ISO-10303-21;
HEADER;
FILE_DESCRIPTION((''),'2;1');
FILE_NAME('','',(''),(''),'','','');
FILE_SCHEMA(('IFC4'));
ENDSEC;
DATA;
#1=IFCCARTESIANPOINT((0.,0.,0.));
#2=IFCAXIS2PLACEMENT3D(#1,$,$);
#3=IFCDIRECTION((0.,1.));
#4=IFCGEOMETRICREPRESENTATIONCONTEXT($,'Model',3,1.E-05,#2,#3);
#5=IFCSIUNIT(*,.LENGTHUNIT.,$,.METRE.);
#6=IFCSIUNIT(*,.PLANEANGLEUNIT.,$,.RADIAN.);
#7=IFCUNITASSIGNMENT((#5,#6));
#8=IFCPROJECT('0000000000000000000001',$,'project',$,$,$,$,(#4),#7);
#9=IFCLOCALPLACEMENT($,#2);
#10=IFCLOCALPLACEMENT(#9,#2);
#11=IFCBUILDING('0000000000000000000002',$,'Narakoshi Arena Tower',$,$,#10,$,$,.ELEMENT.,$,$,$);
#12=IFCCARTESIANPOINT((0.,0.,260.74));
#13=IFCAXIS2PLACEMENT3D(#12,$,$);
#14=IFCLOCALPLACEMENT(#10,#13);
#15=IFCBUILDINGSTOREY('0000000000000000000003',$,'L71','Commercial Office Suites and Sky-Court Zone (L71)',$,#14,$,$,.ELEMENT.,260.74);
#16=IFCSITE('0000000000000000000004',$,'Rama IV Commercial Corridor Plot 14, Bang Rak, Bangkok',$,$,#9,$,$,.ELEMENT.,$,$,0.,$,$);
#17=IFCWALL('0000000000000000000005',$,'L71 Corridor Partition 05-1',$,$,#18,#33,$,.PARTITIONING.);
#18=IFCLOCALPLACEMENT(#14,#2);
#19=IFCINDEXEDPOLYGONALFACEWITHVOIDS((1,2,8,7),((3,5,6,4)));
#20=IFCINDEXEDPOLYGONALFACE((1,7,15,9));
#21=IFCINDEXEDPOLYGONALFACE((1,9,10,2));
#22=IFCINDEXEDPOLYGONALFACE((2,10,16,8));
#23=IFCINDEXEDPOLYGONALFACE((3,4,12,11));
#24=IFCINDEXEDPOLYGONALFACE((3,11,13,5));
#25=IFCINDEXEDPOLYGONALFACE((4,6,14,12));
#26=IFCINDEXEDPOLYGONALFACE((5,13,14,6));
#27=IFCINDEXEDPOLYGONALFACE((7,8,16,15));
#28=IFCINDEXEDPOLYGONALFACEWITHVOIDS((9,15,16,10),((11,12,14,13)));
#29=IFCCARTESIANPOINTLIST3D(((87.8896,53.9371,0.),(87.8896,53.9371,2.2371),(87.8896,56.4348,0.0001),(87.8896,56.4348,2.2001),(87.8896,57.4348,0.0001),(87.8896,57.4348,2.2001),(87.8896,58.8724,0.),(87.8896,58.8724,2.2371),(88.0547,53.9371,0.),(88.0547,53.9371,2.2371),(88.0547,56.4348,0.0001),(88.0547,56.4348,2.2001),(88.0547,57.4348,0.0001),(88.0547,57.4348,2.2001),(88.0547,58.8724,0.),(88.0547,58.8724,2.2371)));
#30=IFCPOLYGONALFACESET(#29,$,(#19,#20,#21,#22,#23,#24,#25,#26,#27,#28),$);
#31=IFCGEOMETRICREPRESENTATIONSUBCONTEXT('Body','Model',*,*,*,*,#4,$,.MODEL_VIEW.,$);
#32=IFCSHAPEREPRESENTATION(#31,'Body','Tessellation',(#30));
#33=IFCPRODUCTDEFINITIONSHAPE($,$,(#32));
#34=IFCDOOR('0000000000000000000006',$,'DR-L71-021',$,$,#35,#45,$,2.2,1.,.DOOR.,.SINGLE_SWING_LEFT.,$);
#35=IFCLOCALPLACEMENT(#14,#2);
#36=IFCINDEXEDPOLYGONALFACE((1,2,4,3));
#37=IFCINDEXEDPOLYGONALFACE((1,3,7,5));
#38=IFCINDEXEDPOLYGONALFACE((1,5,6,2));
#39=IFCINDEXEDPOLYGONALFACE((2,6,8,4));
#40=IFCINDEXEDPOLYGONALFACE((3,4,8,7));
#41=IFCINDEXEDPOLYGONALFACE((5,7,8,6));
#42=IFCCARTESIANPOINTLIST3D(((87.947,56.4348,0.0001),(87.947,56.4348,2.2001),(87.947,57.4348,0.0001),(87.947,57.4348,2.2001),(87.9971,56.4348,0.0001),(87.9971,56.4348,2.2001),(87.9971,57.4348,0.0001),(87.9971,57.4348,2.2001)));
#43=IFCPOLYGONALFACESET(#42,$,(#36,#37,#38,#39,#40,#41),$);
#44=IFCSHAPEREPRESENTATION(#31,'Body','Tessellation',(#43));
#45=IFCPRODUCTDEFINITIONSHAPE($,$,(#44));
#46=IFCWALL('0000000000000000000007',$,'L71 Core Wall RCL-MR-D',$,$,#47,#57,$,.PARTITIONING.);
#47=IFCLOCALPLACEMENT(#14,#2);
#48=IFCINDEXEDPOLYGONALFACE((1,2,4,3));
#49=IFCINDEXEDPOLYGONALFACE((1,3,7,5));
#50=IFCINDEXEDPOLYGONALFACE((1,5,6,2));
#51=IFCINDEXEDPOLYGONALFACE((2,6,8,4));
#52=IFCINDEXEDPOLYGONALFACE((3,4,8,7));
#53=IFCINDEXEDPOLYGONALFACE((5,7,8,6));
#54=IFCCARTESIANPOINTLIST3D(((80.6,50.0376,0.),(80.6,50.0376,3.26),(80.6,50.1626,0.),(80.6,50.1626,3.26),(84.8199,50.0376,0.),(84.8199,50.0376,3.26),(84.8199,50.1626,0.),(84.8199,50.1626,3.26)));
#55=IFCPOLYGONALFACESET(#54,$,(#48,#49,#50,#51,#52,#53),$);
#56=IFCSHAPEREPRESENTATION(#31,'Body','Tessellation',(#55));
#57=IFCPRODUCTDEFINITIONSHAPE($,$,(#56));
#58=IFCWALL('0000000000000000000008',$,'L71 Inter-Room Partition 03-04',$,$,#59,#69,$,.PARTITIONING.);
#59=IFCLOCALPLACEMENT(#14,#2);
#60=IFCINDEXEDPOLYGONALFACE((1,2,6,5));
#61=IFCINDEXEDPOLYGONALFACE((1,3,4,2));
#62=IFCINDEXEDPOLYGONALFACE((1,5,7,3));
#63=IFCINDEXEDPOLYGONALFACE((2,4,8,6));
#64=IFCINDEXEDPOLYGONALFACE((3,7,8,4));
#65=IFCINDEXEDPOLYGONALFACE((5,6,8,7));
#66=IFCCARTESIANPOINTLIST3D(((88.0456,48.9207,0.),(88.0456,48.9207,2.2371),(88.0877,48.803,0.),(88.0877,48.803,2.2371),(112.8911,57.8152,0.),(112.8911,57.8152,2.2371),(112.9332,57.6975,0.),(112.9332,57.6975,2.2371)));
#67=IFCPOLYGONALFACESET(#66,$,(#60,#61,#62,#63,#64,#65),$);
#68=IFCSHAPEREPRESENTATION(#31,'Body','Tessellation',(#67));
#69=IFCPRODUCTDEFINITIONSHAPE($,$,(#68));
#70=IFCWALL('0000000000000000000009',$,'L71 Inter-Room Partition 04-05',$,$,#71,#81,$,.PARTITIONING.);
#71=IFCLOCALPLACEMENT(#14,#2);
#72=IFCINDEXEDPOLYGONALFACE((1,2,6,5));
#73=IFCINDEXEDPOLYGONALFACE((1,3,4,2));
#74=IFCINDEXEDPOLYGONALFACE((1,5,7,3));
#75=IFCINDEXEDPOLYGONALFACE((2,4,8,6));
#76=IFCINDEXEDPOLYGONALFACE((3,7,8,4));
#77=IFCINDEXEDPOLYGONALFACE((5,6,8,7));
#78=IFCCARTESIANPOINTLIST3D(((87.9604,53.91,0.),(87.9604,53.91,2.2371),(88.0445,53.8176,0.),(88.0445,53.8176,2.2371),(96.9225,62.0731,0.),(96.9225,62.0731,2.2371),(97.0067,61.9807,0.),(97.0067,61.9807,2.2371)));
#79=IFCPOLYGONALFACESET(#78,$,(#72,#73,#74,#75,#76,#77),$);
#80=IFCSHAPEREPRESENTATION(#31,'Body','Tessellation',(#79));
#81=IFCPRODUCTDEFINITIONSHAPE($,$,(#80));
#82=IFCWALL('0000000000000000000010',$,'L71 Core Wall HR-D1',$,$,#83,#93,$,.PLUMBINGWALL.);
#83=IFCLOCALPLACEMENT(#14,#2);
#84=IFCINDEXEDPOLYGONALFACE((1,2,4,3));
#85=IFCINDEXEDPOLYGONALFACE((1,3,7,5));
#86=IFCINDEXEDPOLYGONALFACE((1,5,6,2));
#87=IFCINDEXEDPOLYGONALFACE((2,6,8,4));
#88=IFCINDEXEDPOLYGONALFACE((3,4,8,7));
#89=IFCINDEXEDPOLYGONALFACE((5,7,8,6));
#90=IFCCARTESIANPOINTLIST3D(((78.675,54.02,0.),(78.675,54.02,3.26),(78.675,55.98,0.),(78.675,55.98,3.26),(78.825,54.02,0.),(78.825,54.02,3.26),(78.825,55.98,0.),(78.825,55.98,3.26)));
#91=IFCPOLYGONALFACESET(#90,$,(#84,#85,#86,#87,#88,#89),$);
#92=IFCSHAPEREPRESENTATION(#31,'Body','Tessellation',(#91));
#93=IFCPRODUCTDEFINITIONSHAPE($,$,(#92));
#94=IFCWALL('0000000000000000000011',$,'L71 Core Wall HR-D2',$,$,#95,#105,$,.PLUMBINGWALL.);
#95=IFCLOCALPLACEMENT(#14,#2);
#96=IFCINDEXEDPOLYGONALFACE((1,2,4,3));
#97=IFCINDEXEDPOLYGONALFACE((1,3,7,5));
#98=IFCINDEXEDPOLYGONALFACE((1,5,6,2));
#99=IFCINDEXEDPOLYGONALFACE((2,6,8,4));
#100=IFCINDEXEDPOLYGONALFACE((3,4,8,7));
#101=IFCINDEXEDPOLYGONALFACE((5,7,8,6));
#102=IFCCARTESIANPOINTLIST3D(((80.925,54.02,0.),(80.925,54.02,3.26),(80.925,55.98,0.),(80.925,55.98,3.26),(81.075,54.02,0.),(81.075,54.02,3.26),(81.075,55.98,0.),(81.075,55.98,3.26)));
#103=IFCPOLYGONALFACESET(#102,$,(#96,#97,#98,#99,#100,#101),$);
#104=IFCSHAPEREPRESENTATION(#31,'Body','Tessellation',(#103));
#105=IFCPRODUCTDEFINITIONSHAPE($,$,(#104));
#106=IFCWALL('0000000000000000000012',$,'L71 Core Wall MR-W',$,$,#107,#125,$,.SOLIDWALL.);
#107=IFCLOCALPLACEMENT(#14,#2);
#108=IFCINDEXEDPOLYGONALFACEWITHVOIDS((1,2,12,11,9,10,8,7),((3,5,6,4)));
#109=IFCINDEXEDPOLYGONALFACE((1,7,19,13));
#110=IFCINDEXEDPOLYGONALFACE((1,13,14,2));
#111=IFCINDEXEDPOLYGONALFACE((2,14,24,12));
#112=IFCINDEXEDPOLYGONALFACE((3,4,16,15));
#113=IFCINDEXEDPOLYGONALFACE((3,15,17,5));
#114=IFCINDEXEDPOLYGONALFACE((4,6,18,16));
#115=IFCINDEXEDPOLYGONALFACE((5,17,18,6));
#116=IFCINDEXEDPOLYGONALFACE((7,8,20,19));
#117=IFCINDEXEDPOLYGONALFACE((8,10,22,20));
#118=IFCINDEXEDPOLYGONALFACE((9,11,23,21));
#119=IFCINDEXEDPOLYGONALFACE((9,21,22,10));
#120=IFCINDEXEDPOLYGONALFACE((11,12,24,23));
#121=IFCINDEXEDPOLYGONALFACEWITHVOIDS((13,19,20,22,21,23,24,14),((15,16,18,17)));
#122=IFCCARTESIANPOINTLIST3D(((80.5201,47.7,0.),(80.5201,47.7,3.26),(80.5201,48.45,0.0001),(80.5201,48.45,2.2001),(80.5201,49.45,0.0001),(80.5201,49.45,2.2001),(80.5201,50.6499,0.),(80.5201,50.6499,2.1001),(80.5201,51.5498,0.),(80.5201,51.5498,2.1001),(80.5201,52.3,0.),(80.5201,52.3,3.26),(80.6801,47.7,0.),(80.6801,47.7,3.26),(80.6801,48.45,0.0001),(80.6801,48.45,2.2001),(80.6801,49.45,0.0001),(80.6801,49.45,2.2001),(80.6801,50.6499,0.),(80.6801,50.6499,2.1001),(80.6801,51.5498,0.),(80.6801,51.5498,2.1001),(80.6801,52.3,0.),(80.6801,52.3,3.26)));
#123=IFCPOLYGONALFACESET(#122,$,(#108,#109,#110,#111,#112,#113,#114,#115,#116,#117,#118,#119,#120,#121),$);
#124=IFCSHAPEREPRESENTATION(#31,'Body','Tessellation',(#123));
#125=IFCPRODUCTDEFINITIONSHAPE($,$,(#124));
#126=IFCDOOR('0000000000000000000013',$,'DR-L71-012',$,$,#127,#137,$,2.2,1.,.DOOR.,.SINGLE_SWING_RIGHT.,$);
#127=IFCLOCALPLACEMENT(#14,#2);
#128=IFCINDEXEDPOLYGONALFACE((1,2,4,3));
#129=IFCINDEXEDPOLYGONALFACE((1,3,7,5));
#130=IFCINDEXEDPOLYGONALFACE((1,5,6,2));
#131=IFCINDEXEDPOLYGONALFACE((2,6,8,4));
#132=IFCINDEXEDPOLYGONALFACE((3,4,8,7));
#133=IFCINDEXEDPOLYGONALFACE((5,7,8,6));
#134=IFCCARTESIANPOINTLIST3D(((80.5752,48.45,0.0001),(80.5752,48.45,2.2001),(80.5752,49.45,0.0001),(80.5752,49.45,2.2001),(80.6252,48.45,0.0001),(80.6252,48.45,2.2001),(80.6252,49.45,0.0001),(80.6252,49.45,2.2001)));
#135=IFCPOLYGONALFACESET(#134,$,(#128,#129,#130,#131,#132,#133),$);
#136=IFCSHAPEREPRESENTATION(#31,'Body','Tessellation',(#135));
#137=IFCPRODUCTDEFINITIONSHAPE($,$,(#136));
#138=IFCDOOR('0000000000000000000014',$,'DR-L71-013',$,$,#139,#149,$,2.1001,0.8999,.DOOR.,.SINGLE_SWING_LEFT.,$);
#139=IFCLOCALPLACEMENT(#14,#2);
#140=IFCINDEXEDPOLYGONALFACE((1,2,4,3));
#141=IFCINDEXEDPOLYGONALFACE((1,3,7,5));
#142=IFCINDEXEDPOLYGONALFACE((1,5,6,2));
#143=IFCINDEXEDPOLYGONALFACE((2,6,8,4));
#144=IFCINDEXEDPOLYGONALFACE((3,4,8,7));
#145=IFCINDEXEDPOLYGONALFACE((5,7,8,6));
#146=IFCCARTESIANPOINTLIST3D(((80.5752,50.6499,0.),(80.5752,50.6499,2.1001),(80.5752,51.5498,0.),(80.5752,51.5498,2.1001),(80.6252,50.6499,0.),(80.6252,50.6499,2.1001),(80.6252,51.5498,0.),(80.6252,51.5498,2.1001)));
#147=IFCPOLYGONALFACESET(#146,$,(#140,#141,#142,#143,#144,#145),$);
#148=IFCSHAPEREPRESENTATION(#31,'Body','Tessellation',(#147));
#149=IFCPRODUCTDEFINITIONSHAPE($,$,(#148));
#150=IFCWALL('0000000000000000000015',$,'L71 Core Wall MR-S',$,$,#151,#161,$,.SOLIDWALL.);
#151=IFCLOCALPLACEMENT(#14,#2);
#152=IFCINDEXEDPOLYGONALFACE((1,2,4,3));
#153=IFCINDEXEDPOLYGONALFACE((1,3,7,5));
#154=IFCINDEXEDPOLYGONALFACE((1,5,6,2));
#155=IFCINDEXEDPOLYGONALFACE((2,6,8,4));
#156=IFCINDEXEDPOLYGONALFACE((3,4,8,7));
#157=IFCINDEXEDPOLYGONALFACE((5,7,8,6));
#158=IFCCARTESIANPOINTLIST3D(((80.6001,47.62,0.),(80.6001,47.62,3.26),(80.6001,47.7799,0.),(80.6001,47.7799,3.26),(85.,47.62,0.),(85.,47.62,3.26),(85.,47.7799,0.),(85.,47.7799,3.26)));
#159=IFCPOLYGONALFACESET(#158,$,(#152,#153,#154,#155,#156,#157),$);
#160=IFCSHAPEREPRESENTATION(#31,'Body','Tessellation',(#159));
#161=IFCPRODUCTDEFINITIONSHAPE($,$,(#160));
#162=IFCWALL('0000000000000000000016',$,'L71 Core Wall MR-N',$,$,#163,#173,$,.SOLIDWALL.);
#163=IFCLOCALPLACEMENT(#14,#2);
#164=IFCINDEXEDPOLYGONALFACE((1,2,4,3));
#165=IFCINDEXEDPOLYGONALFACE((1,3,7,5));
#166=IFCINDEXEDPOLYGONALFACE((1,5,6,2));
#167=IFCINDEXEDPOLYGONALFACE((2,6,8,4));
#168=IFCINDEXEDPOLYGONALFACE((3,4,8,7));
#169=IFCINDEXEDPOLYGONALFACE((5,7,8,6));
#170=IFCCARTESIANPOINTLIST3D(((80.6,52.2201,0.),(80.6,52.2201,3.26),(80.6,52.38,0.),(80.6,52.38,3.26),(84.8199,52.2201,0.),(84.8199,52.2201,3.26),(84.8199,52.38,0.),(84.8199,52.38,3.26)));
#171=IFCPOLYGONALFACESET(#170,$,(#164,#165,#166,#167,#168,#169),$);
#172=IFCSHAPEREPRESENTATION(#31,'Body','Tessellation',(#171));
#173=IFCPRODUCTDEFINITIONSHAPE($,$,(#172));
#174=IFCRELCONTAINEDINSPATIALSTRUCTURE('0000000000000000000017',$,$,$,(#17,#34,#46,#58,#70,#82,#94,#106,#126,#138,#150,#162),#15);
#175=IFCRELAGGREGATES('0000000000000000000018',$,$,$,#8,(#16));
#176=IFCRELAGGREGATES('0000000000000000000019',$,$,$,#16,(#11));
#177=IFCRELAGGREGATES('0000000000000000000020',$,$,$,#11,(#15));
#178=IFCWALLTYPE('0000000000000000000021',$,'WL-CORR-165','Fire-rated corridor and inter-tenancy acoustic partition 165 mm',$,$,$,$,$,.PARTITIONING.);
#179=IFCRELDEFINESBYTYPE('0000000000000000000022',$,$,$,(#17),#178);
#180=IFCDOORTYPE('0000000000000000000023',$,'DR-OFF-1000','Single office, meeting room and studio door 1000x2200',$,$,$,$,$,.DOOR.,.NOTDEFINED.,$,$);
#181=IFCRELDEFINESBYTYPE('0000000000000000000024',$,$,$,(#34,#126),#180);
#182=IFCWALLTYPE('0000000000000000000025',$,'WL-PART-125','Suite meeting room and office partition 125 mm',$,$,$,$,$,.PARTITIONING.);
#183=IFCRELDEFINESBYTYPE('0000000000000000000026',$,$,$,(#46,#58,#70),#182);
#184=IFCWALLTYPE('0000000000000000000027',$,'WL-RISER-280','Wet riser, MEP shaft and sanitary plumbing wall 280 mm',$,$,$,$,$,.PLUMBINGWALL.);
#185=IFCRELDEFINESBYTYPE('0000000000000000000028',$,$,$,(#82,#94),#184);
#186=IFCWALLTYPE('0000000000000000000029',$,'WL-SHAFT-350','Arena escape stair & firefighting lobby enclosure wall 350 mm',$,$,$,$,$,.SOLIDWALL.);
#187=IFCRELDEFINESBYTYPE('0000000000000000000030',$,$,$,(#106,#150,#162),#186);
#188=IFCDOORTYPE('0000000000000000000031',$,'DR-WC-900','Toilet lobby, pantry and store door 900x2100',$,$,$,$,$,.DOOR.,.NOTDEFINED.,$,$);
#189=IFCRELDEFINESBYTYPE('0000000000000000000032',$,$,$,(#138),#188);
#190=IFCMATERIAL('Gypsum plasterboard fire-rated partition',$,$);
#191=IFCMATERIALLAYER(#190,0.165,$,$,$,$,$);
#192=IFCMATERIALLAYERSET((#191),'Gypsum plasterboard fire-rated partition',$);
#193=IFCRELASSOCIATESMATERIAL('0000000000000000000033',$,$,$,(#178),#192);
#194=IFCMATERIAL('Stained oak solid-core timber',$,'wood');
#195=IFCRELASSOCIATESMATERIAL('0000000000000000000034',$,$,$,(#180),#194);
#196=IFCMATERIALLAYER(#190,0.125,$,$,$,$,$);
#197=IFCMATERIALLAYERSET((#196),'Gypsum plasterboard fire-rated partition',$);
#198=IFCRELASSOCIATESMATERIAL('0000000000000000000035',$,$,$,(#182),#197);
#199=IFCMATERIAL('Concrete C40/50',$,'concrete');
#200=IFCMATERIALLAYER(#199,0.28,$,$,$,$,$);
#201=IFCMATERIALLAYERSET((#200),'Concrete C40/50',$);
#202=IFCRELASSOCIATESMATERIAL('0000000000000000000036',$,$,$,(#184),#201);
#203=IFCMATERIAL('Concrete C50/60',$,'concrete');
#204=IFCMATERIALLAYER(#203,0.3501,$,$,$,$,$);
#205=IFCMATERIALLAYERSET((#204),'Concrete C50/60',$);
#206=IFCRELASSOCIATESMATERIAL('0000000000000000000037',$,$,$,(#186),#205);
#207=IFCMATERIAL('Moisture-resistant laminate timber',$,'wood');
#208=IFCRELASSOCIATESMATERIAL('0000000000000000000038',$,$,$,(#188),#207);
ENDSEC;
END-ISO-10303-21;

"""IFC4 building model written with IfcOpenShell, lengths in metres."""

from ifc_helpers import new_model, si_unit, direction, frame, frame_2d, origin, place, context, subcontext, project, spatial, rectangle, extrude, material, layer, layer_set, type_object, element, fill, save


model = new_model("IFC4")

# Units and contexts
model_context = context("Model", 3, precision=1e-05, world=origin(), true_north=direction((0.0, 1.0)))
body_context = subcontext(model_context, "Body", "Model", "MODEL_VIEW")
ifc_project = project(units=[si_unit("LENGTHUNIT", "METRE"), si_unit("PLANEANGLEUNIT", "RADIAN")], contexts=[model_context])

# Site, building, storey
site_placement = place(None, origin())
site = spatial("IfcSite", under=ifc_project, at=site_placement, Name="Rama IV Commercial Corridor Plot 14, Bang Rak, Bangkok", CompositionType="ELEMENT", RefElevation=0.0)
building_placement = place(site_placement, origin())
building = spatial("IfcBuilding", under=site, at=building_placement, Name="Narakoshi Arena Tower", CompositionType="ELEMENT")
storey_placement = place(building_placement, frame((0.0, 0.0, 260.74)))
storey = spatial("IfcBuildingStorey", under=building, at=storey_placement, Name="L71", Description="Commercial Office Suites and Sky-Court Zone (L71)", CompositionType="ELEMENT", Elevation=260.74)

# Shared definitions
ifc_material_1 = material(Name="Concrete C50/60", Category="concrete")

# Wall, opening, door
ifc_material_2 = material(Name="Gypsum plasterboard fire-rated partition")
ifc_layer_1 = layer(ifc_material_2, 0.165)
ifc_layer_set_1 = layer_set([ifc_layer_1], Name="Gypsum plasterboard fire-rated partition")
wall_type_1 = type_object("IfcWallType", Name="WL-CORR-165", Description="Fire-rated corridor and inter-tenancy acoustic partition 165 mm", PredefinedType="PARTITIONING", material=ifc_layer_set_1)
ifc_material_3 = material(Name="Stained oak solid-core timber", Category="wood")
door_type_1 = type_object("IfcDoorType", Name="DR-OFF-1000", Description="Single office, meeting room and studio door 1000x2200", OperationType="NOTDEFINED", PredefinedType="DOOR", material=ifc_material_3)
wall_1_placement = place(storey_placement, frame((87.9722, 53.937, 0.0), z_axis=(0.0, 0.0, 1.0), x_axis=(0.0, 1.0, 0.0)))
wall_1 = element("IfcWall", 1, at=wall_1_placement, inside=storey, type_object=wall_type_1, Name="L71 Corridor Partition 05-1", PredefinedType="PARTITIONING", context=body_context, shape_type="SweptSolid", body=[
    extrude(rectangle(XDim=4.9353, YDim=0.165, at=frame_2d((2.4678, 0.0))), origin(), (0.0, 0.0, 1.0), 2.2371),
])
opening_1_placement = place(wall_1_placement, frame((2.4978, 0.0, 0.0)))
opening_1 = element("IfcOpeningElement", 2, at=opening_1_placement, cuts=wall_1, PredefinedType="OPENING", context=body_context, shape_type="SweptSolid", body=[
    extrude(rectangle(XDim=1.0, YDim=2.2, at=frame_2d((0.5, 1.1001))), frame((0.0, 0.0925, 0.0), z_axis=(0.0, -1.0, 0.0), x_axis=(1.0, 0.0, 0.0)), (0.0, 0.0, 1.0), 0.1851),
])
door_1_placement = place(opening_1_placement, frame((1.0, 0.0, 0.0), z_axis=(0.0, 0.0, 1.0), x_axis=(-1.0, 0.0, 0.0)))
door_1 = element("IfcDoor", 3, at=door_1_placement, inside=storey, type_object=door_type_1, Name="DR-L71-021", OperationType="SINGLE_SWING_LEFT", OverallHeight=2.2, OverallWidth=1.0, PredefinedType="DOOR", context=body_context, shape_type="SweptSolid", body=[
    extrude(rectangle(XDim=1.0, YDim=2.2, at=frame_2d((0.5, 1.1001))), frame((0.0, 0.0249, 0.0), z_axis=(0.0, -1.0, 0.0), x_axis=(1.0, 0.0, 0.0)), (0.0, 0.0, 1.0), 0.05),
])
fill(opening_1, door_1)

# Walls
ifc_layer_2 = layer(ifc_material_2, 0.125)
ifc_layer_set_2 = layer_set([ifc_layer_2], Name="Gypsum plasterboard fire-rated partition")
wall_type_2 = type_object("IfcWallType", Name="WL-PART-125", Description="Suite meeting room and office partition 125 mm", PredefinedType="PARTITIONING", material=ifc_layer_set_2)
wall_2_placement = place(storey_placement, frame((80.6001, 50.1001, 0.0), z_axis=(0.0, 0.0, 1.0), x_axis=(1.0, 0.0, 0.0)))
element("IfcWall", 4, at=wall_2_placement, inside=storey, type_object=wall_type_2, Name="L71 Core Wall RCL-MR-D", PredefinedType="PARTITIONING", context=body_context, shape_type="SweptSolid", body=[
    extrude(rectangle(XDim=4.22, YDim=0.125, at=frame_2d((2.1099, 0.0))), origin(), (0.0, 0.0, 1.0), 3.26),
])
wall_3_placement = place(storey_placement, frame((88.0667, 48.8618, 0.0), z_axis=(0.0, 0.0, 1.0), x_axis=(0.941488, 0.337047, 0.0)))
element("IfcWall", 5, at=wall_3_placement, inside=storey, type_object=wall_type_2, Name="L71 Inter-Room Partition 03-04", PredefinedType="PARTITIONING", context=body_context, shape_type="SweptSolid", body=[
    extrude(rectangle(XDim=26.3896, YDim=0.125, at=frame_2d((13.1948, 0.0))), origin(), (0.0, 0.0, 1.0), 2.2371),
])
wall_4_placement = place(storey_placement, frame((88.0024, 53.8638, 0.0), z_axis=(0.0, 0.0, 1.0), x_axis=(0.739296, 0.67338, 0.0)))
element("IfcWall", 6, at=wall_4_placement, inside=storey, type_object=wall_type_2, Name="L71 Inter-Room Partition 04-05", PredefinedType="PARTITIONING", context=body_context, shape_type="SweptSolid", body=[
    extrude(rectangle(XDim=12.1226, YDim=0.125, at=frame_2d((6.0613, 0.0))), origin(), (0.0, 0.0, 1.0), 2.2371),
])
ifc_material_4 = material(Name="Concrete C40/50", Category="concrete")
ifc_layer_3 = layer(ifc_material_4, 0.28)
ifc_layer_set_3 = layer_set([ifc_layer_3], Name="Concrete C40/50")
wall_type_3 = type_object("IfcWallType", Name="WL-RISER-280", Description="Wet riser, MEP shaft and sanitary plumbing wall 280 mm", PredefinedType="PLUMBINGWALL", material=ifc_layer_set_3)
for number, where, z_axis, x_axis, name in (
    (7, (78.75, 54.02, 0.0), (0.0, 0.0, 1.0), (0.0, 1.0, 0.0), "L71 Core Wall HR-D1"),
    (8, (81.0, 54.02, 0.0), (0.0, 0.0, 1.0), (0.0, 1.0, 0.0), "L71 Core Wall HR-D2"),
):
    element("IfcWall", number, at=place(storey_placement, frame(where, z_axis=z_axis, x_axis=x_axis)), inside=storey, type_object=wall_type_3, Name=name, PredefinedType="PLUMBINGWALL", context=body_context, shape_type="SweptSolid", body=[
        extrude(rectangle(XDim=1.96, YDim=0.1499, at=frame_2d((0.98, 0.0))), origin(), (0.0, 0.0, 1.0), 3.26),
    ])

# Wall, openings, doors
ifc_layer_4 = layer(ifc_material_1, 0.3501)
ifc_layer_set_4 = layer_set([ifc_layer_4], Name="Concrete C50/60")
wall_type_4 = type_object("IfcWallType", Name="WL-SHAFT-350", Description="Arena escape stair & firefighting lobby enclosure wall 350 mm", PredefinedType="SOLIDWALL", material=ifc_layer_set_4)
wall_5_placement = place(storey_placement, frame((80.6001, 47.7, 0.0), z_axis=(0.0, 0.0, 1.0), x_axis=(0.0, 1.0, 0.0)))
wall_5 = element("IfcWall", 9, at=wall_5_placement, inside=storey, type_object=wall_type_4, Name="L71 Core Wall MR-W", PredefinedType="SOLIDWALL", context=body_context, shape_type="SweptSolid", body=[
    extrude(rectangle(XDim=4.6001, YDim=0.1599, at=frame_2d((2.3, 0.0))), origin(), (0.0, 0.0, 1.0), 3.26),
])
opening_2_placement = place(wall_5_placement, frame((0.75, 0.0, 0.0)))
opening_2 = element("IfcOpeningElement", 10, at=opening_2_placement, cuts=wall_5, PredefinedType="OPENING", context=body_context, shape_type="SweptSolid", body=[
    extrude(rectangle(XDim=1.0, YDim=2.2, at=frame_2d((0.5, 1.1001))), frame((0.0, 0.0898, 0.0), z_axis=(0.0, -1.0, 0.0), x_axis=(1.0, 0.0, 0.0)), (0.0, 0.0, 1.0), 0.1799),
])
opening_3_placement = place(wall_5_placement, frame((2.95, 0.0, 0.0)))
opening_3 = element("IfcOpeningElement", 11, at=opening_3_placement, cuts=wall_5, PredefinedType="OPENING", context=body_context, shape_type="SweptSolid", body=[
    extrude(rectangle(XDim=0.8999, YDim=2.1001, at=frame_2d((0.45, 1.05))), frame((0.0, 0.0898, 0.0), z_axis=(0.0, -1.0, 0.0), x_axis=(1.0, 0.0, 0.0)), (0.0, 0.0, 1.0), 0.1799),
])
door_2_placement = place(opening_2_placement, origin())
door_2 = element("IfcDoor", 12, at=door_2_placement, inside=storey, type_object=door_type_1, Name="DR-L71-012", OperationType="SINGLE_SWING_RIGHT", OverallHeight=2.2, OverallWidth=1.0, PredefinedType="DOOR", context=body_context, shape_type="SweptSolid", body=[
    extrude(rectangle(XDim=1.0, YDim=2.2, at=frame_2d((0.5, 1.1001))), frame((0.0, 0.0249, 0.0), z_axis=(0.0, -1.0, 0.0), x_axis=(1.0, 0.0, 0.0)), (0.0, 0.0, 1.0), 0.05),
])
fill(opening_2, door_2)
ifc_material_5 = material(Name="Moisture-resistant laminate timber", Category="wood")
door_type_2 = type_object("IfcDoorType", Name="DR-WC-900", Description="Toilet lobby, pantry and store door 900x2100", OperationType="NOTDEFINED", PredefinedType="DOOR", material=ifc_material_5)
door_3_placement = place(opening_3_placement, origin())
door_3 = element("IfcDoor", 13, at=door_3_placement, inside=storey, type_object=door_type_2, Name="DR-L71-013", OperationType="SINGLE_SWING_LEFT", OverallHeight=2.1001, OverallWidth=0.8999, PredefinedType="DOOR", context=body_context, shape_type="SweptSolid", body=[
    extrude(rectangle(XDim=0.8999, YDim=2.1001, at=frame_2d((0.45, 1.05))), frame((0.0, 0.0249, 0.0), z_axis=(0.0, -1.0, 0.0), x_axis=(1.0, 0.0, 0.0)), (0.0, 0.0, 1.0), 0.05),
])
fill(opening_3, door_3)

# Walls
wall_6_placement = place(storey_placement, frame((80.6001, 47.7, 0.0), z_axis=(0.0, 0.0, 1.0), x_axis=(1.0, 0.0, 0.0)))
element("IfcWall", 14, at=wall_6_placement, inside=storey, type_object=wall_type_4, Name="L71 Core Wall MR-S", PredefinedType="SOLIDWALL", context=body_context, shape_type="SweptSolid", body=[
    extrude(rectangle(XDim=4.3999, YDim=0.1599, at=frame_2d((2.2, 0.0))), origin(), (0.0, 0.0, 1.0), 3.26),
])
wall_7_placement = place(storey_placement, frame((80.6001, 52.3, 0.0), z_axis=(0.0, 0.0, 1.0), x_axis=(1.0, 0.0, 0.0)))
element("IfcWall", 15, at=wall_7_placement, inside=storey, type_object=wall_type_4, Name="L71 Core Wall MR-N", PredefinedType="SOLIDWALL", context=body_context, shape_type="SweptSolid", body=[
    extrude(rectangle(XDim=4.22, YDim=0.1599, at=frame_2d((2.1099, 0.0))), origin(), (0.0, 0.0, 1.0), 3.26),
])

save(model, "model.ifc")
